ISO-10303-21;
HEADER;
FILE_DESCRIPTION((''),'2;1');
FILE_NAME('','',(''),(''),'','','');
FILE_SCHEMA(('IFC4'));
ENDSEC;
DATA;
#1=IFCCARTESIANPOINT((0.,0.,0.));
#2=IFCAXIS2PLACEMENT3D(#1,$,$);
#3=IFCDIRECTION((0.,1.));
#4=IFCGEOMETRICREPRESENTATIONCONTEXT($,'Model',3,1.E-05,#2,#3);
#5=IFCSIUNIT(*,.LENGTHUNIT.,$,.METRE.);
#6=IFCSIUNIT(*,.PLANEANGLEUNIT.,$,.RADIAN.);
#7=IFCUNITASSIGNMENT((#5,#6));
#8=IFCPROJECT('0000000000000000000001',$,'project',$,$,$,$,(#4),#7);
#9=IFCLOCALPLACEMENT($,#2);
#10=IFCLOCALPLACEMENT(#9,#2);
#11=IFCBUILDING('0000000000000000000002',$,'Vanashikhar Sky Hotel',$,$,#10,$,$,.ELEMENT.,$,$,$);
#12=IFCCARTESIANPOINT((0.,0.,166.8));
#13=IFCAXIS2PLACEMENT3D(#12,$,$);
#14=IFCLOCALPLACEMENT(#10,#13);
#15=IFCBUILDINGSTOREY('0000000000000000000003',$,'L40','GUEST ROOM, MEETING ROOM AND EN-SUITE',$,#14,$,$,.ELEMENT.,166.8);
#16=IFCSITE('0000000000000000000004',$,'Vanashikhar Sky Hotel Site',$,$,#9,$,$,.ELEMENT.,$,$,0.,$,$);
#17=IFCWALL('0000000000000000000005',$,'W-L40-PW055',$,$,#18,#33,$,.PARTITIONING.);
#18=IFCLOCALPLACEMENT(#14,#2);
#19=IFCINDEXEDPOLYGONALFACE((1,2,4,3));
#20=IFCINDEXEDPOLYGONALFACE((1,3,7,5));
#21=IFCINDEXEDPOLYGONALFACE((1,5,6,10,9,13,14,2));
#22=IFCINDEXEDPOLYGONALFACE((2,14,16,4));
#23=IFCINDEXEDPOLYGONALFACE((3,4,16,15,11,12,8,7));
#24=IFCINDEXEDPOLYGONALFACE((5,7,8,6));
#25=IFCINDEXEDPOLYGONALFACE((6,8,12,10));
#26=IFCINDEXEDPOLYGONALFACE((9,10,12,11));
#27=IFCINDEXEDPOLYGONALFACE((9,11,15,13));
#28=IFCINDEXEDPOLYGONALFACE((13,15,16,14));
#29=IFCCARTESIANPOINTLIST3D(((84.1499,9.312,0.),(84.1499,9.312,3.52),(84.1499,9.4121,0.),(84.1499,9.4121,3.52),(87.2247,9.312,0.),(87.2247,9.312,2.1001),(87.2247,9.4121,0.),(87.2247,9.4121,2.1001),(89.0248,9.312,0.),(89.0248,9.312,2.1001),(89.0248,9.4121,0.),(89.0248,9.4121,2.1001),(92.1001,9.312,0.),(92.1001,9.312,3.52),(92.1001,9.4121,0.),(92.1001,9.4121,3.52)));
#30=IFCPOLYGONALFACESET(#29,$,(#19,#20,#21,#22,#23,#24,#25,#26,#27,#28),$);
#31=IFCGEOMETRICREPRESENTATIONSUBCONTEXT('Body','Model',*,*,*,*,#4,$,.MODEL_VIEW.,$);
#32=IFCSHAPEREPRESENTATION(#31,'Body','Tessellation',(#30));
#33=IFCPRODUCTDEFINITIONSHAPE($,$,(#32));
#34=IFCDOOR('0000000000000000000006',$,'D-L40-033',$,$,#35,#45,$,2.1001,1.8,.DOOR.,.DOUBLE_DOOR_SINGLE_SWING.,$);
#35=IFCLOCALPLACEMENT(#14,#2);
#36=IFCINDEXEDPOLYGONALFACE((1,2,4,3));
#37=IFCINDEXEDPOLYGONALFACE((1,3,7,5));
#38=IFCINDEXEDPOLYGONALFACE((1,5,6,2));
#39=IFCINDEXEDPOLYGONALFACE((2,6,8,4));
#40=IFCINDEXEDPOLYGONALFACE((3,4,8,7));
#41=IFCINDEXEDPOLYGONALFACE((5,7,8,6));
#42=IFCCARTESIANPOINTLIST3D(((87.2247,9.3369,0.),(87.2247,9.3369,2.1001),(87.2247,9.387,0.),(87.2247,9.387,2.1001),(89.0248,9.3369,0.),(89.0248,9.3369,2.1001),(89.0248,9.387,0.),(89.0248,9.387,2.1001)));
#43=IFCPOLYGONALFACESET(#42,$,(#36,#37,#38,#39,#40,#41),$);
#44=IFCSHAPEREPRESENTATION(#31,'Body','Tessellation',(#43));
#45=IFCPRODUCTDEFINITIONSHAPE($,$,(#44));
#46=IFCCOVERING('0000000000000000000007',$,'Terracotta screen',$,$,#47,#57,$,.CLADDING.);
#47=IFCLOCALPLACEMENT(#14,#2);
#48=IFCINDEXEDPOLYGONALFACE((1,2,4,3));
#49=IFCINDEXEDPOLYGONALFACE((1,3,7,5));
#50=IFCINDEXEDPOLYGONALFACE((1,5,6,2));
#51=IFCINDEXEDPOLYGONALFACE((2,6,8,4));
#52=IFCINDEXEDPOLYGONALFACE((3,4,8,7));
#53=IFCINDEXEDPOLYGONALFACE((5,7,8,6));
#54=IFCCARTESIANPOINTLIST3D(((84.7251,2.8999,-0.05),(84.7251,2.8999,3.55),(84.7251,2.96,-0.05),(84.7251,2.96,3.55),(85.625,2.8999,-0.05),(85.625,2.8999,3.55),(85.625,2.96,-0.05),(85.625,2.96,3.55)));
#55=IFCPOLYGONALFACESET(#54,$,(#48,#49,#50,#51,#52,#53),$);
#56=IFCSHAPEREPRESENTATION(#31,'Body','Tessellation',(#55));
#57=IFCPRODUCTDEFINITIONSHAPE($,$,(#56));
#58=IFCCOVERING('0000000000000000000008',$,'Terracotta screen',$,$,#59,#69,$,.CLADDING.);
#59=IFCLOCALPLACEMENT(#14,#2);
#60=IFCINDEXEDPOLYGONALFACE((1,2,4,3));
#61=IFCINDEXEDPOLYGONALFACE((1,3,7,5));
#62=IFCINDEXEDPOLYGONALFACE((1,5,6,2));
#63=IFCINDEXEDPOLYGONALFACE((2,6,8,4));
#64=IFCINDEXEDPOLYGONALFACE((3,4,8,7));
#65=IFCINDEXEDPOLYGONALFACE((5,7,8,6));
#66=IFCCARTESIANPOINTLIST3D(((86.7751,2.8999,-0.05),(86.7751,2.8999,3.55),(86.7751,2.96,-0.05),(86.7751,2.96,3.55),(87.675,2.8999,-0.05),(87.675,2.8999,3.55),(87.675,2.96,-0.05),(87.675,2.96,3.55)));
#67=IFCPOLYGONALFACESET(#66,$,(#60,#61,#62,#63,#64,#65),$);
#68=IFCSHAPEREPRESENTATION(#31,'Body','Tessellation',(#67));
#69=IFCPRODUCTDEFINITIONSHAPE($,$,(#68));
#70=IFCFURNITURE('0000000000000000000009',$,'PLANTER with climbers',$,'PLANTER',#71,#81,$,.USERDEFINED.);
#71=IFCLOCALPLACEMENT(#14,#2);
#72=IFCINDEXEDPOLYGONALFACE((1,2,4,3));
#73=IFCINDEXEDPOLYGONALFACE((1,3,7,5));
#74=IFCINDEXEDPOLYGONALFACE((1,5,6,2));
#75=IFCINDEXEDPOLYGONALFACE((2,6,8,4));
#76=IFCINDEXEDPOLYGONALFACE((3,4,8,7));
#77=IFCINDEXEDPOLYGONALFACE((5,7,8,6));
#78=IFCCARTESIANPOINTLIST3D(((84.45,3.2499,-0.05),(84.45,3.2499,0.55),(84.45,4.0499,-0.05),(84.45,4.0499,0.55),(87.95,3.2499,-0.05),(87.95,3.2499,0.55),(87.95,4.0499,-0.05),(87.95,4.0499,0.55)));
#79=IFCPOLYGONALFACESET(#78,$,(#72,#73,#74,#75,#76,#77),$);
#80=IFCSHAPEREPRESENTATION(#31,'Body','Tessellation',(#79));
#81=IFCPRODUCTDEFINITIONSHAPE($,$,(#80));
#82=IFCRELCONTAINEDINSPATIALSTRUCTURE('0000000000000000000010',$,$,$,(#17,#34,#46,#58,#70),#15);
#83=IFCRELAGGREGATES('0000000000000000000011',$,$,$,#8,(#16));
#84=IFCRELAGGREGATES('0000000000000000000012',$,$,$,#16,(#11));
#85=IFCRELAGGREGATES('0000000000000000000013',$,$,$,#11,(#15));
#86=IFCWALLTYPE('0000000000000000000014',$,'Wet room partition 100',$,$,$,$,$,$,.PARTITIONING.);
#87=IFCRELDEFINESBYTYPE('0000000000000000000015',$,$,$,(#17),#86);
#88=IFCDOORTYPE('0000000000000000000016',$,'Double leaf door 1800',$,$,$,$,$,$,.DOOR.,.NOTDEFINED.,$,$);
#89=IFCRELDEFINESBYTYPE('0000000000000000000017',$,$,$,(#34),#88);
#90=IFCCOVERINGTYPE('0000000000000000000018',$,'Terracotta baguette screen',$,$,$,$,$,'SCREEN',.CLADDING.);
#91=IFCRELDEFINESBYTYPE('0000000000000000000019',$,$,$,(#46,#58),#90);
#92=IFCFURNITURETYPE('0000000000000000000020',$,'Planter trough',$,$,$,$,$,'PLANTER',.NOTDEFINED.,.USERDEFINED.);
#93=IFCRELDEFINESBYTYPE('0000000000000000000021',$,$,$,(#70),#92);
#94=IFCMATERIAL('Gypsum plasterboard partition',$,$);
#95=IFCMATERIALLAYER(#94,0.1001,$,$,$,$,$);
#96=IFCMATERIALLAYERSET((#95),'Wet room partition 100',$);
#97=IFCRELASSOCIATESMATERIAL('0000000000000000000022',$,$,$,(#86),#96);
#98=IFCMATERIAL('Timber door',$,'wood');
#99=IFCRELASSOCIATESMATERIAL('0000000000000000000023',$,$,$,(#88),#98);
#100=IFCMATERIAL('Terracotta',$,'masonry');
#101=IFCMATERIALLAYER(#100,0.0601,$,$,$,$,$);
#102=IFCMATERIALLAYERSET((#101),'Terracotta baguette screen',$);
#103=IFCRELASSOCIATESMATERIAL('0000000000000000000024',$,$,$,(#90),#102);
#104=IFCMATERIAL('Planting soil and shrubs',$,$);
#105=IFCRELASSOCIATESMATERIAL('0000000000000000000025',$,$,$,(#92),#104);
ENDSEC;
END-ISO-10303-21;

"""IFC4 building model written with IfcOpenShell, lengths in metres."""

from ifc_helpers import new_model, si_unit, direction, frame, frame_2d, origin, origin_2d, place, context, subcontext, project, spatial, rectangle, extrude, source, transform, mapped, material, layer, layer_set, type_object, element, fill, save


model = new_model("IFC4")

# Units and contexts
model_context = context("Model", 3, precision=1e-05, world=origin(), true_north=direction((0.0, 1.0)))
body_context = subcontext(model_context, "Body", "Model", "MODEL_VIEW")
ifc_project = project(units=[si_unit("LENGTHUNIT", "METRE"), si_unit("PLANEANGLEUNIT", "RADIAN")], contexts=[model_context])

# Site, building, storey
site_placement = place(None, origin())
site = spatial("IfcSite", under=ifc_project, at=site_placement, Name="Vanashikhar Sky Hotel Site", CompositionType="ELEMENT", RefElevation=0.0)
building_placement = place(site_placement, origin())
building = spatial("IfcBuilding", under=site, at=building_placement, Name="Vanashikhar Sky Hotel", CompositionType="ELEMENT")
storey_placement = place(building_placement, frame((0.0, 0.0, 166.8)))
storey = spatial("IfcBuildingStorey", under=building, at=storey_placement, Name="L40", Description="GUEST ROOM, MEETING ROOM AND EN-SUITE", CompositionType="ELEMENT", Elevation=166.8)

# Wall, opening, door
ifc_material_1 = material(Name="Gypsum plasterboard partition")
ifc_layer_1 = layer(ifc_material_1, 0.1001)
ifc_layer_set_1 = layer_set([ifc_layer_1], Name="Wet room partition 100")
wall_type_1 = type_object("IfcWallType", Name="Wet room partition 100", PredefinedType="PARTITIONING", material=ifc_layer_set_1)
ifc_material_2 = material(Name="Timber door", Category="wood")
shared_shape_1 = source(origin(), body_context, "Body", "SweptSolid", [
    extrude(rectangle(XDim=7.9502, YDim=0.1001, at=frame_2d((3.9751, 0.0))), origin(), (0.0, 0.0, 1.0), 3.52),
])
wall_1_placement = place(storey_placement, frame((84.1499, 9.3621, 0.0), z_axis=(0.0, 0.0, 1.0), x_axis=(1.0, 0.0, 0.0)))
wall_1 = element("IfcWall", 1, at=wall_1_placement, inside=storey, type_object=wall_type_1, Name="W-L40-PW055", PredefinedType="PARTITIONING", context=body_context, shape_type="MappedRepresentation", body=[
    mapped(shared_shape_1, transform((0.0, 0.0, 0.0), scale=1.0)),
])
shared_shape_2 = source(origin(), body_context, "Body", "SweptSolid", [
    extrude(rectangle(XDim=1.8, YDim=2.1001, at=frame_2d((0.8999, 1.05))), frame((0.0, 0.0601, 0.0), z_axis=(0.0, -1.0, 0.0), x_axis=(1.0, 0.0, 0.0)), (0.0, 0.0, 1.0), 0.1201),
])
opening_1_placement = place(wall_1_placement, frame((3.075, 0.0, 0.0)))
opening_1 = element("IfcOpeningElement", 2, at=opening_1_placement, cuts=wall_1, PredefinedType="OPENING", context=body_context, shape_type="MappedRepresentation", body=[
    mapped(shared_shape_2, transform((0.0, 0.0, 0.0), scale=1.0)),
])
door_type_1 = type_object("IfcDoorType", Name="Double leaf door 1800", OperationType="NOTDEFINED", PredefinedType="DOOR", material=ifc_material_2)
shared_shape_3 = source(origin(), body_context, "Body", "SweptSolid", [
    extrude(rectangle(XDim=1.8, YDim=2.1001, at=frame_2d((0.8999, 1.05))), frame((0.0, 0.0249, 0.0), z_axis=(0.0, -1.0, 0.0), x_axis=(1.0, 0.0, 0.0)), (0.0, 0.0, 1.0), 0.05),
])
door_1_placement = place(opening_1_placement, origin())
door_1 = element("IfcDoor", 3, at=door_1_placement, inside=storey, type_object=door_type_1, Name="D-L40-033", OperationType="DOUBLE_DOOR_SINGLE_SWING", OverallHeight=2.1001, OverallWidth=1.8, PredefinedType="DOOR", context=body_context, shape_type="MappedRepresentation", body=[
    mapped(shared_shape_3, transform((0.0, 0.0, 0.0), scale=1.0)),
])
fill(opening_1, door_1)

# Coverings
ifc_material_3 = material(Name="Terracotta", Category="masonry")
ifc_layer_2 = layer(ifc_material_3, 0.0601)
ifc_layer_set_2 = layer_set([ifc_layer_2], Name="Terracotta baguette screen")
covering_type = type_object("IfcCoveringType", Name="Terracotta baguette screen", ElementType="SCREEN", PredefinedType="CLADDING", material=ifc_layer_set_2)
shared_shape_4 = source(origin(), body_context, "Body", "SweptSolid", [
    extrude(rectangle(XDim=0.8999, YDim=0.0601, at=origin_2d()), origin(), (0.0, 0.0, 1.0), 3.6001),
])
for number, where, z_axis, x_axis, name in (
    (4, (85.175, 2.9299, -0.05), (0.0, 0.0, 1.0), (1.0, 0.0, 0.0), "Terracotta screen"),
    (5, (87.2251, 2.9299, -0.05), (0.0, 0.0, 1.0), (1.0, 0.0, 0.0), "Terracotta screen"),
):
    element("IfcCovering", number, at=place(storey_placement, frame(where, z_axis=z_axis, x_axis=x_axis)), inside=storey, type_object=covering_type, Name=name, PredefinedType="CLADDING", context=body_context, shape_type="MappedRepresentation", body=[
        mapped(shared_shape_4, transform((0.0, 0.0, 0.0), scale=1.0)),
    ])

# Furniture
ifc_material_4 = material(Name="Planting soil and shrubs")
furniture_type = type_object("IfcFurnitureType", Name="Planter trough", ElementType="PLANTER", AssemblyPlace="NOTDEFINED", PredefinedType="USERDEFINED", material=ifc_material_4)
shared_shape_5 = source(origin(), body_context, "Body", "SweptSolid", [
    extrude(rectangle(XDim=3.5, YDim=0.8, at=origin_2d()), origin(), (0.0, 0.0, 1.0), 0.6001),
])
furniture_placement = place(storey_placement, frame((86.2, 3.6499, -0.05), z_axis=(0.0, 0.0, 1.0), x_axis=(1.0, 0.0, 0.0)))
element("IfcFurniture", 6, at=furniture_placement, inside=storey, type_object=furniture_type, Name="PLANTER with climbers", ObjectType="PLANTER", PredefinedType="USERDEFINED", context=body_context, shape_type="MappedRepresentation", body=[
    mapped(shared_shape_5, transform((0.0, 0.0, 0.0), scale=1.0)),
])

save(model, "model.ifc")
